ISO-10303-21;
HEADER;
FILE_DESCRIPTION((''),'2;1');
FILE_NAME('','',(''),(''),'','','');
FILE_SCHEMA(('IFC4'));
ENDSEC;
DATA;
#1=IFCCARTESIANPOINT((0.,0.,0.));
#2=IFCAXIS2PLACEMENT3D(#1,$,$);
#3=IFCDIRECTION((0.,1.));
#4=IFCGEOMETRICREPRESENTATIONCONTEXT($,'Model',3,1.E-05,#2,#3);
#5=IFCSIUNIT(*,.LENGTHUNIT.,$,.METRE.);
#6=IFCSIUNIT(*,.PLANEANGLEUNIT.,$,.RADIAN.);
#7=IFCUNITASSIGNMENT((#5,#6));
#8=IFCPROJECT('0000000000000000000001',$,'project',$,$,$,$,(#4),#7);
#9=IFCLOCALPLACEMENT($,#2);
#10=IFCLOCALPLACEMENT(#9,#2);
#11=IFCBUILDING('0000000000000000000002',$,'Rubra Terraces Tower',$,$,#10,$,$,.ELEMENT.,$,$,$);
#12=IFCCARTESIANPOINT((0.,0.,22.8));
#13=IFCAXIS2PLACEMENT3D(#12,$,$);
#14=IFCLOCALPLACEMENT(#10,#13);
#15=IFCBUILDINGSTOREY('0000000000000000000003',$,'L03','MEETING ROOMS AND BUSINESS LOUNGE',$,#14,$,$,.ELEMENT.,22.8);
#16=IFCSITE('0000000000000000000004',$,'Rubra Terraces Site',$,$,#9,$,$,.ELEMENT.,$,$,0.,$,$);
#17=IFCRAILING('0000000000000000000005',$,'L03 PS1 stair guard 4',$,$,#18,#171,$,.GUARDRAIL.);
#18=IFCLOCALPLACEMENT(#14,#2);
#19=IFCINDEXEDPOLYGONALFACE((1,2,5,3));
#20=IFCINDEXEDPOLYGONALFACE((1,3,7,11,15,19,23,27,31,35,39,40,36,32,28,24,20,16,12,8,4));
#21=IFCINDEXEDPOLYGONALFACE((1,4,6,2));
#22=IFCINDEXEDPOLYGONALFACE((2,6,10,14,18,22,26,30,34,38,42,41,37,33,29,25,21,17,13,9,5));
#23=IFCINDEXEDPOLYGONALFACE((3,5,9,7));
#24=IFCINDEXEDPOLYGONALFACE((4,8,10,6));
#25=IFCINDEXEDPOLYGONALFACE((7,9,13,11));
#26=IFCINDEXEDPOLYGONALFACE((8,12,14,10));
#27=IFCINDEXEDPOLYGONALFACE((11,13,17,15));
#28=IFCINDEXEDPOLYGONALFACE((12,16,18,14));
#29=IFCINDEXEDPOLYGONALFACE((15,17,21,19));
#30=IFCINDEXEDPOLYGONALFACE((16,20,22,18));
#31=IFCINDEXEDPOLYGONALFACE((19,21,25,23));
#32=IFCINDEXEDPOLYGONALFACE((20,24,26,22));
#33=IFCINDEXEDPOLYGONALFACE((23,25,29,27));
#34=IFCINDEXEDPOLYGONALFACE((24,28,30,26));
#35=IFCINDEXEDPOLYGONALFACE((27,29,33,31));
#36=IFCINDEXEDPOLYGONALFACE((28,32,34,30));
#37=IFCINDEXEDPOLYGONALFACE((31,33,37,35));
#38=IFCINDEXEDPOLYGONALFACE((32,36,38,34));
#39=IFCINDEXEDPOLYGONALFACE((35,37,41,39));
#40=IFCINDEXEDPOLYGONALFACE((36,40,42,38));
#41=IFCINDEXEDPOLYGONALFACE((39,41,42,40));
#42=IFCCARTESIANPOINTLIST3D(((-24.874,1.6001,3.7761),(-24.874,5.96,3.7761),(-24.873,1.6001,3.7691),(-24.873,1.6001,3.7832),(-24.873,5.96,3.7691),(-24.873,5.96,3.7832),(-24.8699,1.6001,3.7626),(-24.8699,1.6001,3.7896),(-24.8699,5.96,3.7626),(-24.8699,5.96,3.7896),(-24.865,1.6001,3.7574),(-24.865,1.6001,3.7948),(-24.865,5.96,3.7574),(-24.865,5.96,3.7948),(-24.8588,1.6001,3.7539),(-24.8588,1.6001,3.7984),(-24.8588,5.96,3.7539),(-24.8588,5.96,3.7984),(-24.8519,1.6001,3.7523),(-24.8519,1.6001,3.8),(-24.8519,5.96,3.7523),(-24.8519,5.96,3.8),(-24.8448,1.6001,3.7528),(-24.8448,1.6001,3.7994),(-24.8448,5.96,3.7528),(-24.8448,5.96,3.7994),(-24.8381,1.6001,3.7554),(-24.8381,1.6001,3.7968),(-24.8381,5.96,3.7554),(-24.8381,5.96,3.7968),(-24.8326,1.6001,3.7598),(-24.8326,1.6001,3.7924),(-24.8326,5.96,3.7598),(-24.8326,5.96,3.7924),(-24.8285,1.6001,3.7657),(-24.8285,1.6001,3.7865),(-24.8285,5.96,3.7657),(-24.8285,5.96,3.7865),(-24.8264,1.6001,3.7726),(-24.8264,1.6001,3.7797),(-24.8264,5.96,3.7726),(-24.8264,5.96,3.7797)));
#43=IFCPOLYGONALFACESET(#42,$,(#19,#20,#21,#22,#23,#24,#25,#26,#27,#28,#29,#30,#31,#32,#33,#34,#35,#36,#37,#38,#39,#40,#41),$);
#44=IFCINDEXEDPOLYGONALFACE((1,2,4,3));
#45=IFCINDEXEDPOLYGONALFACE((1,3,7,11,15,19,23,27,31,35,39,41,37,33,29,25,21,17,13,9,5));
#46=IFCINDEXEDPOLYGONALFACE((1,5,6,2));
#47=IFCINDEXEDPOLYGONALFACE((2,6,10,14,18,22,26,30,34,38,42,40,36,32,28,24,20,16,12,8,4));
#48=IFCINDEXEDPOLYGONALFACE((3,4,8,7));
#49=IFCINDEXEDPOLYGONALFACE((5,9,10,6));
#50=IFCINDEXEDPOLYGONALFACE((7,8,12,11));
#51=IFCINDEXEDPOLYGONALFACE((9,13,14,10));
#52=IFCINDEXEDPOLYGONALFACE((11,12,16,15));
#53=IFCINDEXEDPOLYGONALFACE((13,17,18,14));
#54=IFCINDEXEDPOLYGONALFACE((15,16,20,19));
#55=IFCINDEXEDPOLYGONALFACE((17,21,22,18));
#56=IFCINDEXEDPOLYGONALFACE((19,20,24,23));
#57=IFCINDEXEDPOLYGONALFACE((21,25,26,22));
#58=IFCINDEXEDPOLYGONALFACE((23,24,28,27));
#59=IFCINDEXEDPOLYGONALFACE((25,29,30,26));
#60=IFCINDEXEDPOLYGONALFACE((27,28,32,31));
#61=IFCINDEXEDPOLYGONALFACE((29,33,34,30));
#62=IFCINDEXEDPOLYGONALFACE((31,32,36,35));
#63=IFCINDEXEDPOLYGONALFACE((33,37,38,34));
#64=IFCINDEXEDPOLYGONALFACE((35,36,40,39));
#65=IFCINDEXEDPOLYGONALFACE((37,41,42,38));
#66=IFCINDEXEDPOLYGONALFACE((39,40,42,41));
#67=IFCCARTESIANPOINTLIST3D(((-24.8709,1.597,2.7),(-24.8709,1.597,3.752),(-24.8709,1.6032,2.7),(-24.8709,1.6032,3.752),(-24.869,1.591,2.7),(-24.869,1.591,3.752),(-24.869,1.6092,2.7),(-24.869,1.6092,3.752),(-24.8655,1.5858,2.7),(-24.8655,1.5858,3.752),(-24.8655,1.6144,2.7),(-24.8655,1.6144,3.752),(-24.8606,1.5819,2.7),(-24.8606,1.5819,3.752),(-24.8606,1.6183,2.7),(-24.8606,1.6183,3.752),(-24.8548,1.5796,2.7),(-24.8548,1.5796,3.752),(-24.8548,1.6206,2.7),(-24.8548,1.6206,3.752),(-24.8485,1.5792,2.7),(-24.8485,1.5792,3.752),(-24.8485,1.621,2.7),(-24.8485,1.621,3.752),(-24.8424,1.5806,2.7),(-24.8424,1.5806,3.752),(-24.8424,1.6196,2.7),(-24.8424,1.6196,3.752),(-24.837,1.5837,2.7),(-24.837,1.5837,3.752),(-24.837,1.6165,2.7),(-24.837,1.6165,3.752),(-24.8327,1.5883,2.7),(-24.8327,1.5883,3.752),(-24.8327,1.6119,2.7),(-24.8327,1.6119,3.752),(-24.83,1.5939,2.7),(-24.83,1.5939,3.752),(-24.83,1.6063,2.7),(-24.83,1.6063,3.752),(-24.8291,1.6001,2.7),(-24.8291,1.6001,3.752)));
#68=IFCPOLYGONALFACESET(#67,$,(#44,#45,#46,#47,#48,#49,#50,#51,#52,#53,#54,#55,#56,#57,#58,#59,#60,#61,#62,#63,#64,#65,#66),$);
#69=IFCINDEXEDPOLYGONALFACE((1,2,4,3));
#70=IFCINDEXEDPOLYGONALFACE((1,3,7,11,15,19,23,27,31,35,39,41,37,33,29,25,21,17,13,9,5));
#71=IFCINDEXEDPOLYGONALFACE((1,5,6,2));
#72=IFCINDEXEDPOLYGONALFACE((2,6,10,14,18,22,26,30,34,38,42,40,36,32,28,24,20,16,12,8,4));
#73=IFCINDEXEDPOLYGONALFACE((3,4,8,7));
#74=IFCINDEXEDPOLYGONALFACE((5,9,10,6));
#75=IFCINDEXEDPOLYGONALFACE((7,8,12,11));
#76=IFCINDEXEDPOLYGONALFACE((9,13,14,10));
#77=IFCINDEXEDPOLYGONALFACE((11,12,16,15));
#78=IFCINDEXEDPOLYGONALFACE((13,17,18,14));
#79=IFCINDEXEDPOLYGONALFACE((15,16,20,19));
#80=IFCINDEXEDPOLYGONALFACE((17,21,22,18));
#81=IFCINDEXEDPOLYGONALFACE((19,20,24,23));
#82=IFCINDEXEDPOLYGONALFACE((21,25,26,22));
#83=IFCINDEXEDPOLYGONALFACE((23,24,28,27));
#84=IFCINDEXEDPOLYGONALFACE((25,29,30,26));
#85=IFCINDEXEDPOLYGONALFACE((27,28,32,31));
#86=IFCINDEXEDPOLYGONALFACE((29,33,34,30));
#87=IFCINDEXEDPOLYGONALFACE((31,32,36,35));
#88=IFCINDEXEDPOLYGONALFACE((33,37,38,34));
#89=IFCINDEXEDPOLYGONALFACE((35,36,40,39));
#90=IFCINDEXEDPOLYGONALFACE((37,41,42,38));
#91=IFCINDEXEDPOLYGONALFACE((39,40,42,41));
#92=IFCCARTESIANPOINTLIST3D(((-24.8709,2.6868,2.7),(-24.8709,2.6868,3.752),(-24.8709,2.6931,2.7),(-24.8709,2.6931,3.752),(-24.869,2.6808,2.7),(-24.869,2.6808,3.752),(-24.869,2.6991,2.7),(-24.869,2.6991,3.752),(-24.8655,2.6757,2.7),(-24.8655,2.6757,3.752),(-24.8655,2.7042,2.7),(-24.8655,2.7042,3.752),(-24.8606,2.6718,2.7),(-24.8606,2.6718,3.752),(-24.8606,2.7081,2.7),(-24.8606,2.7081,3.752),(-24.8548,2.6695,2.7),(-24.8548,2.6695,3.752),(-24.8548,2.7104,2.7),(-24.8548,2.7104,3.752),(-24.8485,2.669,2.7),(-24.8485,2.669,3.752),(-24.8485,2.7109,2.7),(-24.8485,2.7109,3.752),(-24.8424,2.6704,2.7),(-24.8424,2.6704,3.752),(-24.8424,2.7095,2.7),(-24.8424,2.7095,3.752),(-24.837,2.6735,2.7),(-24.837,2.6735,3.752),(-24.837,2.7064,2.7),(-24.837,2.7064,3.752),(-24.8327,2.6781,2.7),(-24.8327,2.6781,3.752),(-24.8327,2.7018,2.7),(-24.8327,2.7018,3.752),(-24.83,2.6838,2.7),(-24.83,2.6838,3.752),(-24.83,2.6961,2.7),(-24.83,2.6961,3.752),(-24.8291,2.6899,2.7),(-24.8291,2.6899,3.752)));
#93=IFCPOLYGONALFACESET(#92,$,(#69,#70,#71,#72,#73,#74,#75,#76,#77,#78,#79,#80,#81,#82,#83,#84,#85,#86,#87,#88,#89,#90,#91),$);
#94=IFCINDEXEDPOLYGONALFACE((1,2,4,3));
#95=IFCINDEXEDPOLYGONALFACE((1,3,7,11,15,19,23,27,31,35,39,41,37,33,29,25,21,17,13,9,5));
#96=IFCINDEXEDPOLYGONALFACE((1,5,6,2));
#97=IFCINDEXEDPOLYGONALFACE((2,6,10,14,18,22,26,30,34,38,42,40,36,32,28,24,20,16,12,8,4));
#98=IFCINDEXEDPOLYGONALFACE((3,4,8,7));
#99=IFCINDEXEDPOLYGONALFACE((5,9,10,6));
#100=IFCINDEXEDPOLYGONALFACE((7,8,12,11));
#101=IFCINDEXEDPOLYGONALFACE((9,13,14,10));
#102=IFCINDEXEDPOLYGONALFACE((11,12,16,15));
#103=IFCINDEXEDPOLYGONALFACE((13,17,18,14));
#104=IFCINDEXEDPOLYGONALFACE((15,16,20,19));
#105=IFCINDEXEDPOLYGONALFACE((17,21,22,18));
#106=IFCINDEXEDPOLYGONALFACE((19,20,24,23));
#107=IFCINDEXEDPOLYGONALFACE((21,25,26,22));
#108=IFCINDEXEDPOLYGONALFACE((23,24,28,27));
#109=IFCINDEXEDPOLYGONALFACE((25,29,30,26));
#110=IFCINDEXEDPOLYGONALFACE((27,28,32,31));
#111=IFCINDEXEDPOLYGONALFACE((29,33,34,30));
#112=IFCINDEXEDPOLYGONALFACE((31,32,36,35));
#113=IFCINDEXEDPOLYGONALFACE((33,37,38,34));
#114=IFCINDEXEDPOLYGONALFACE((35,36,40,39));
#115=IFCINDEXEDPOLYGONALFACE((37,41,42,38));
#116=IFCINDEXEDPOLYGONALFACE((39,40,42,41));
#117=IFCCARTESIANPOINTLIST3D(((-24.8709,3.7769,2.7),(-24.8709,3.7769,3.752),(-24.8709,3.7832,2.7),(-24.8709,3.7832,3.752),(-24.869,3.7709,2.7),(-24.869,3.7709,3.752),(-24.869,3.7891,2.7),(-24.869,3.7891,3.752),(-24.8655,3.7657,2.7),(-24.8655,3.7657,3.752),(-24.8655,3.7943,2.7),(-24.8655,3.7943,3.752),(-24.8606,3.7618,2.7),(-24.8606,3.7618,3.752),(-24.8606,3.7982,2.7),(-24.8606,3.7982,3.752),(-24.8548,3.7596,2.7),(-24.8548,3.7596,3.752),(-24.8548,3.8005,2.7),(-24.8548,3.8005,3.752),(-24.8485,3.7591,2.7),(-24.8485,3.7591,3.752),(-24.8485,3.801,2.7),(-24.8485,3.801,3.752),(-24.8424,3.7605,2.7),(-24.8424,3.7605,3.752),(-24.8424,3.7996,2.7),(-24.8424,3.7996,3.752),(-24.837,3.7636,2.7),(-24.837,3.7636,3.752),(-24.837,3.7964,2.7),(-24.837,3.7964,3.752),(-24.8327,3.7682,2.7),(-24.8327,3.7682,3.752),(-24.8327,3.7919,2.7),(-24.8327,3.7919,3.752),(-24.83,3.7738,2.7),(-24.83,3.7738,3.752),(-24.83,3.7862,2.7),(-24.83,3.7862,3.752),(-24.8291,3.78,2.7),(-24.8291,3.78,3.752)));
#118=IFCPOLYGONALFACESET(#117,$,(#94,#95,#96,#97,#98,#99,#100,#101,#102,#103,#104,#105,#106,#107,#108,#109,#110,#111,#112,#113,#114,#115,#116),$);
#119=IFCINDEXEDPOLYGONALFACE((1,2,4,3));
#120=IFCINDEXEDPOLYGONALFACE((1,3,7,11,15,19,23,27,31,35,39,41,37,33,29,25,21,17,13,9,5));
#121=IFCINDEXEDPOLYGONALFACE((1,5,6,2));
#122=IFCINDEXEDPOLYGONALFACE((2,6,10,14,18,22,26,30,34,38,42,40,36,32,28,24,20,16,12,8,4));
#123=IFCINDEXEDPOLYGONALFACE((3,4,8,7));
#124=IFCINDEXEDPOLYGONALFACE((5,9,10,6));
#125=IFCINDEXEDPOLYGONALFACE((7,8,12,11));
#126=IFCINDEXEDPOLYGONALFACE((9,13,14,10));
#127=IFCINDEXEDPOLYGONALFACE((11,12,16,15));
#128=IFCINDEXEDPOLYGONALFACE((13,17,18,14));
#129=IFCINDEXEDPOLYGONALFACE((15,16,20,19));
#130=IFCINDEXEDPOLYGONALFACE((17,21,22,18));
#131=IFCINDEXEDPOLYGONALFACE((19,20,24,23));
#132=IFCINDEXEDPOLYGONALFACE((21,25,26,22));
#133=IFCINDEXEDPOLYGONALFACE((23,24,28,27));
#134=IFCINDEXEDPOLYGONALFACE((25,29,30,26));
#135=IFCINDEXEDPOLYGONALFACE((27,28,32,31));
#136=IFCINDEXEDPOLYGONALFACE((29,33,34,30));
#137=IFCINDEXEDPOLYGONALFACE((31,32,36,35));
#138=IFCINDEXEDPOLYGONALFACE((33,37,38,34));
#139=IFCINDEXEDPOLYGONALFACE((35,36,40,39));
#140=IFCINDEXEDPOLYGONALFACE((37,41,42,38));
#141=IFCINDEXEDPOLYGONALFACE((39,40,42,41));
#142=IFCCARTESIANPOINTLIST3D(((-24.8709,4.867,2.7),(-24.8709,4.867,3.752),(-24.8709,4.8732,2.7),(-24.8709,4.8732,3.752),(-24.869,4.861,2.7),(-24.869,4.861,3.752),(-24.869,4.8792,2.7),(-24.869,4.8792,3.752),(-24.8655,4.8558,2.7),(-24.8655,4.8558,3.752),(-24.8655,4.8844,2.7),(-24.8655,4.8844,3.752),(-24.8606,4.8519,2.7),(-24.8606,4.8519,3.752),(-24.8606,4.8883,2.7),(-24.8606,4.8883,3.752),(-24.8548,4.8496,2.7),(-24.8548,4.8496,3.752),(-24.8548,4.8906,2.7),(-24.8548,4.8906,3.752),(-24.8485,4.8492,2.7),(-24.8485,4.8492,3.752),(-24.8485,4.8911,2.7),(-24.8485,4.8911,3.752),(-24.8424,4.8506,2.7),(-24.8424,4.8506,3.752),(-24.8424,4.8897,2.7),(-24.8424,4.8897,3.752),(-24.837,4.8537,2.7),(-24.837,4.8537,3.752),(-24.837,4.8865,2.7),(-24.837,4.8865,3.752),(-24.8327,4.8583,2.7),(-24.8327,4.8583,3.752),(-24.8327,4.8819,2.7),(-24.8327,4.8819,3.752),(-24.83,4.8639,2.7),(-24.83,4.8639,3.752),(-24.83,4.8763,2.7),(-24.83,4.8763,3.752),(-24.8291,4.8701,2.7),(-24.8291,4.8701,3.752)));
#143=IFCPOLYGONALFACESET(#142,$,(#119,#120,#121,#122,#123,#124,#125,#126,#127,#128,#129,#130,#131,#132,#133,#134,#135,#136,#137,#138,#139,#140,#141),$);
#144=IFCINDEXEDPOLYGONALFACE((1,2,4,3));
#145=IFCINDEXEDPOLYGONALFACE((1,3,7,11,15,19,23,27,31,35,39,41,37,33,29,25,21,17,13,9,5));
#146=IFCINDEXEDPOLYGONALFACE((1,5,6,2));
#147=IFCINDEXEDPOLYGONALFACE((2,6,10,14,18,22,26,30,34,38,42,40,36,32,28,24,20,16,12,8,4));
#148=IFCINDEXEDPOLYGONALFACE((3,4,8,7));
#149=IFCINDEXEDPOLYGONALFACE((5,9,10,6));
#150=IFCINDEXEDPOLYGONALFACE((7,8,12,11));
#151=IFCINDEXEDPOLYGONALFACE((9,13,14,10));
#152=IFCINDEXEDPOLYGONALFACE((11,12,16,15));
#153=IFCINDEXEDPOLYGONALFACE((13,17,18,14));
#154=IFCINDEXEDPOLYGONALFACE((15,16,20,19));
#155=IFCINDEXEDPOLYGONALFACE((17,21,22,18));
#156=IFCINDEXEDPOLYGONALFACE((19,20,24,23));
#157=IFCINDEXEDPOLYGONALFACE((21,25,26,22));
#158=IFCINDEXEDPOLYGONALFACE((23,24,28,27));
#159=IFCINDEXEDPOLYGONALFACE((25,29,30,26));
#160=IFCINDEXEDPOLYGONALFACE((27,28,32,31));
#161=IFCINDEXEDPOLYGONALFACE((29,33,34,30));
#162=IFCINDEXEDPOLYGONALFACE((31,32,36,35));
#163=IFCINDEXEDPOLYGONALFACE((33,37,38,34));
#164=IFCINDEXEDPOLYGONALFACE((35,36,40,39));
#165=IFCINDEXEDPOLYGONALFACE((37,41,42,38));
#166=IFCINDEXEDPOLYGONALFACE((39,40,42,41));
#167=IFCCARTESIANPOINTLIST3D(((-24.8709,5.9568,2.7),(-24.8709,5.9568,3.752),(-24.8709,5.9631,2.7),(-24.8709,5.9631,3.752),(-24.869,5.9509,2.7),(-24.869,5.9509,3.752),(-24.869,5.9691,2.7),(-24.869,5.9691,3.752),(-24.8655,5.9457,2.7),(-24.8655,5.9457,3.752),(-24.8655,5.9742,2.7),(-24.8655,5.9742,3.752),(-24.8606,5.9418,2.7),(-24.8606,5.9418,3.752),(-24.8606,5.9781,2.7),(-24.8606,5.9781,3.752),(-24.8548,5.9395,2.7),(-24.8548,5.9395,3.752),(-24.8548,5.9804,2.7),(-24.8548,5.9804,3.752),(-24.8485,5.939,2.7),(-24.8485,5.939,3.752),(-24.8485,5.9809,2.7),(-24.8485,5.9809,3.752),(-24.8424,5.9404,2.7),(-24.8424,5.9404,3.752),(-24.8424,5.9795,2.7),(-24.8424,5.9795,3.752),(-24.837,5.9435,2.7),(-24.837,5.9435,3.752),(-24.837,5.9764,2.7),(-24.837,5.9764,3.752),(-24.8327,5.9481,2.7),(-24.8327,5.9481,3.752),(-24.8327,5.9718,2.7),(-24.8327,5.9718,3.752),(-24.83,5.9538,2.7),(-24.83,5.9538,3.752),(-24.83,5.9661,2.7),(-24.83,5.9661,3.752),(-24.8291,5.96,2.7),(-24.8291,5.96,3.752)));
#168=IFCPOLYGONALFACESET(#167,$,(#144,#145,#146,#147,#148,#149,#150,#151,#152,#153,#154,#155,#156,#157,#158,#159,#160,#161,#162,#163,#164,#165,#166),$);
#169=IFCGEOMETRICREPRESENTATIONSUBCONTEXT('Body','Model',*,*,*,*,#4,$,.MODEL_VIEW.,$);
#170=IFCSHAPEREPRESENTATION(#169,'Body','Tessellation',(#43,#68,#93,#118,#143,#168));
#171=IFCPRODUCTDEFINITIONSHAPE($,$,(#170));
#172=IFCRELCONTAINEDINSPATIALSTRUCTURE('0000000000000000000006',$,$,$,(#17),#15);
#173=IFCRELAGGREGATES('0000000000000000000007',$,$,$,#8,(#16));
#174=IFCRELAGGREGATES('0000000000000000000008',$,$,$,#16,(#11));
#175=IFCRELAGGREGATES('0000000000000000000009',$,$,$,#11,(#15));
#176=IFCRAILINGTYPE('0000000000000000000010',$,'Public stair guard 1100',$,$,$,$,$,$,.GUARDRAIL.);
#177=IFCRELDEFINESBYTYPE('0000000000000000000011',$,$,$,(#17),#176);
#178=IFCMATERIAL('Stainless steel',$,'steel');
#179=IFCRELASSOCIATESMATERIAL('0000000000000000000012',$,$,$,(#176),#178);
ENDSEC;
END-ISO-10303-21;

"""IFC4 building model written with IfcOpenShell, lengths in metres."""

from ifc_helpers import new_model, si_unit, direction, frame, origin, origin_2d, place, context, subcontext, project, spatial, circle, extrude, material, type_object, element, save


model = new_model("IFC4")

# Units and contexts
model_context = context("Model", 3, precision=1e-05, world=origin(), true_north=direction((0.0, 1.0)))
body_context = subcontext(model_context, "Body", "Model", "MODEL_VIEW")
ifc_project = project(units=[si_unit("LENGTHUNIT", "METRE"), si_unit("PLANEANGLEUNIT", "RADIAN")], contexts=[model_context])

# Site, building, storey
site_placement = place(None, origin())
site = spatial("IfcSite", under=ifc_project, at=site_placement, Name="Rubra Terraces Site", CompositionType="ELEMENT", RefElevation=0.0)
building_placement = place(site_placement, origin())
building = spatial("IfcBuilding", under=site, at=building_placement, Name="Rubra Terraces Tower", CompositionType="ELEMENT")
storey_placement = place(building_placement, frame((0.0, 0.0, 22.8)))
storey = spatial("IfcBuildingStorey", under=building, at=storey_placement, Name="L03", Description="MEETING ROOMS AND BUSINESS LOUNGE", CompositionType="ELEMENT", Elevation=22.8)

# Railing
ifc_material_1 = material(Name="Stainless steel", Category="steel")
railing_type_1 = type_object("IfcRailingType", Name="Public stair guard 1100", PredefinedType="GUARDRAIL", material=ifc_material_1)
for number, where, name in (
    (1, (-24.8501, 1.6001, 2.7), "L03 PS1 stair guard 4"),
):
    element("IfcRailing", number, at=place(storey_placement, frame(where)), inside=storey, type_object=railing_type_1, Name=name, PredefinedType="GUARDRAIL", context=body_context, shape_type="SweptSolid", body=[
        extrude(circle(Radius=0.0239, at=origin_2d()), frame((0.0, 0.0, 1.0762), z_axis=(0.0, 1.0, 0.0), x_axis=(-1.0, 0.0, 0.0)), (0.0, 0.0, 1.0), 4.3599),
        extrude(circle(Radius=0.021, at=origin_2d()), origin(), (0.0, 0.0, 1.0), 1.052),
        extrude(circle(Radius=0.021, at=origin_2d()), frame((0.0, 1.0898, 0.0)), (0.0, 0.0, 1.0), 1.052),
        extrude(circle(Radius=0.021, at=origin_2d()), frame((0.0, 2.1799, 0.0)), (0.0, 0.0, 1.0), 1.052),
        extrude(circle(Radius=0.021, at=origin_2d()), frame((0.0, 3.27, 0.0)), (0.0, 0.0, 1.0), 1.052),
        extrude(circle(Radius=0.021, at=origin_2d()), frame((0.0, 4.3599, 0.0)), (0.0, 0.0, 1.0), 1.052),
    ])

save(model, "model.ifc")
